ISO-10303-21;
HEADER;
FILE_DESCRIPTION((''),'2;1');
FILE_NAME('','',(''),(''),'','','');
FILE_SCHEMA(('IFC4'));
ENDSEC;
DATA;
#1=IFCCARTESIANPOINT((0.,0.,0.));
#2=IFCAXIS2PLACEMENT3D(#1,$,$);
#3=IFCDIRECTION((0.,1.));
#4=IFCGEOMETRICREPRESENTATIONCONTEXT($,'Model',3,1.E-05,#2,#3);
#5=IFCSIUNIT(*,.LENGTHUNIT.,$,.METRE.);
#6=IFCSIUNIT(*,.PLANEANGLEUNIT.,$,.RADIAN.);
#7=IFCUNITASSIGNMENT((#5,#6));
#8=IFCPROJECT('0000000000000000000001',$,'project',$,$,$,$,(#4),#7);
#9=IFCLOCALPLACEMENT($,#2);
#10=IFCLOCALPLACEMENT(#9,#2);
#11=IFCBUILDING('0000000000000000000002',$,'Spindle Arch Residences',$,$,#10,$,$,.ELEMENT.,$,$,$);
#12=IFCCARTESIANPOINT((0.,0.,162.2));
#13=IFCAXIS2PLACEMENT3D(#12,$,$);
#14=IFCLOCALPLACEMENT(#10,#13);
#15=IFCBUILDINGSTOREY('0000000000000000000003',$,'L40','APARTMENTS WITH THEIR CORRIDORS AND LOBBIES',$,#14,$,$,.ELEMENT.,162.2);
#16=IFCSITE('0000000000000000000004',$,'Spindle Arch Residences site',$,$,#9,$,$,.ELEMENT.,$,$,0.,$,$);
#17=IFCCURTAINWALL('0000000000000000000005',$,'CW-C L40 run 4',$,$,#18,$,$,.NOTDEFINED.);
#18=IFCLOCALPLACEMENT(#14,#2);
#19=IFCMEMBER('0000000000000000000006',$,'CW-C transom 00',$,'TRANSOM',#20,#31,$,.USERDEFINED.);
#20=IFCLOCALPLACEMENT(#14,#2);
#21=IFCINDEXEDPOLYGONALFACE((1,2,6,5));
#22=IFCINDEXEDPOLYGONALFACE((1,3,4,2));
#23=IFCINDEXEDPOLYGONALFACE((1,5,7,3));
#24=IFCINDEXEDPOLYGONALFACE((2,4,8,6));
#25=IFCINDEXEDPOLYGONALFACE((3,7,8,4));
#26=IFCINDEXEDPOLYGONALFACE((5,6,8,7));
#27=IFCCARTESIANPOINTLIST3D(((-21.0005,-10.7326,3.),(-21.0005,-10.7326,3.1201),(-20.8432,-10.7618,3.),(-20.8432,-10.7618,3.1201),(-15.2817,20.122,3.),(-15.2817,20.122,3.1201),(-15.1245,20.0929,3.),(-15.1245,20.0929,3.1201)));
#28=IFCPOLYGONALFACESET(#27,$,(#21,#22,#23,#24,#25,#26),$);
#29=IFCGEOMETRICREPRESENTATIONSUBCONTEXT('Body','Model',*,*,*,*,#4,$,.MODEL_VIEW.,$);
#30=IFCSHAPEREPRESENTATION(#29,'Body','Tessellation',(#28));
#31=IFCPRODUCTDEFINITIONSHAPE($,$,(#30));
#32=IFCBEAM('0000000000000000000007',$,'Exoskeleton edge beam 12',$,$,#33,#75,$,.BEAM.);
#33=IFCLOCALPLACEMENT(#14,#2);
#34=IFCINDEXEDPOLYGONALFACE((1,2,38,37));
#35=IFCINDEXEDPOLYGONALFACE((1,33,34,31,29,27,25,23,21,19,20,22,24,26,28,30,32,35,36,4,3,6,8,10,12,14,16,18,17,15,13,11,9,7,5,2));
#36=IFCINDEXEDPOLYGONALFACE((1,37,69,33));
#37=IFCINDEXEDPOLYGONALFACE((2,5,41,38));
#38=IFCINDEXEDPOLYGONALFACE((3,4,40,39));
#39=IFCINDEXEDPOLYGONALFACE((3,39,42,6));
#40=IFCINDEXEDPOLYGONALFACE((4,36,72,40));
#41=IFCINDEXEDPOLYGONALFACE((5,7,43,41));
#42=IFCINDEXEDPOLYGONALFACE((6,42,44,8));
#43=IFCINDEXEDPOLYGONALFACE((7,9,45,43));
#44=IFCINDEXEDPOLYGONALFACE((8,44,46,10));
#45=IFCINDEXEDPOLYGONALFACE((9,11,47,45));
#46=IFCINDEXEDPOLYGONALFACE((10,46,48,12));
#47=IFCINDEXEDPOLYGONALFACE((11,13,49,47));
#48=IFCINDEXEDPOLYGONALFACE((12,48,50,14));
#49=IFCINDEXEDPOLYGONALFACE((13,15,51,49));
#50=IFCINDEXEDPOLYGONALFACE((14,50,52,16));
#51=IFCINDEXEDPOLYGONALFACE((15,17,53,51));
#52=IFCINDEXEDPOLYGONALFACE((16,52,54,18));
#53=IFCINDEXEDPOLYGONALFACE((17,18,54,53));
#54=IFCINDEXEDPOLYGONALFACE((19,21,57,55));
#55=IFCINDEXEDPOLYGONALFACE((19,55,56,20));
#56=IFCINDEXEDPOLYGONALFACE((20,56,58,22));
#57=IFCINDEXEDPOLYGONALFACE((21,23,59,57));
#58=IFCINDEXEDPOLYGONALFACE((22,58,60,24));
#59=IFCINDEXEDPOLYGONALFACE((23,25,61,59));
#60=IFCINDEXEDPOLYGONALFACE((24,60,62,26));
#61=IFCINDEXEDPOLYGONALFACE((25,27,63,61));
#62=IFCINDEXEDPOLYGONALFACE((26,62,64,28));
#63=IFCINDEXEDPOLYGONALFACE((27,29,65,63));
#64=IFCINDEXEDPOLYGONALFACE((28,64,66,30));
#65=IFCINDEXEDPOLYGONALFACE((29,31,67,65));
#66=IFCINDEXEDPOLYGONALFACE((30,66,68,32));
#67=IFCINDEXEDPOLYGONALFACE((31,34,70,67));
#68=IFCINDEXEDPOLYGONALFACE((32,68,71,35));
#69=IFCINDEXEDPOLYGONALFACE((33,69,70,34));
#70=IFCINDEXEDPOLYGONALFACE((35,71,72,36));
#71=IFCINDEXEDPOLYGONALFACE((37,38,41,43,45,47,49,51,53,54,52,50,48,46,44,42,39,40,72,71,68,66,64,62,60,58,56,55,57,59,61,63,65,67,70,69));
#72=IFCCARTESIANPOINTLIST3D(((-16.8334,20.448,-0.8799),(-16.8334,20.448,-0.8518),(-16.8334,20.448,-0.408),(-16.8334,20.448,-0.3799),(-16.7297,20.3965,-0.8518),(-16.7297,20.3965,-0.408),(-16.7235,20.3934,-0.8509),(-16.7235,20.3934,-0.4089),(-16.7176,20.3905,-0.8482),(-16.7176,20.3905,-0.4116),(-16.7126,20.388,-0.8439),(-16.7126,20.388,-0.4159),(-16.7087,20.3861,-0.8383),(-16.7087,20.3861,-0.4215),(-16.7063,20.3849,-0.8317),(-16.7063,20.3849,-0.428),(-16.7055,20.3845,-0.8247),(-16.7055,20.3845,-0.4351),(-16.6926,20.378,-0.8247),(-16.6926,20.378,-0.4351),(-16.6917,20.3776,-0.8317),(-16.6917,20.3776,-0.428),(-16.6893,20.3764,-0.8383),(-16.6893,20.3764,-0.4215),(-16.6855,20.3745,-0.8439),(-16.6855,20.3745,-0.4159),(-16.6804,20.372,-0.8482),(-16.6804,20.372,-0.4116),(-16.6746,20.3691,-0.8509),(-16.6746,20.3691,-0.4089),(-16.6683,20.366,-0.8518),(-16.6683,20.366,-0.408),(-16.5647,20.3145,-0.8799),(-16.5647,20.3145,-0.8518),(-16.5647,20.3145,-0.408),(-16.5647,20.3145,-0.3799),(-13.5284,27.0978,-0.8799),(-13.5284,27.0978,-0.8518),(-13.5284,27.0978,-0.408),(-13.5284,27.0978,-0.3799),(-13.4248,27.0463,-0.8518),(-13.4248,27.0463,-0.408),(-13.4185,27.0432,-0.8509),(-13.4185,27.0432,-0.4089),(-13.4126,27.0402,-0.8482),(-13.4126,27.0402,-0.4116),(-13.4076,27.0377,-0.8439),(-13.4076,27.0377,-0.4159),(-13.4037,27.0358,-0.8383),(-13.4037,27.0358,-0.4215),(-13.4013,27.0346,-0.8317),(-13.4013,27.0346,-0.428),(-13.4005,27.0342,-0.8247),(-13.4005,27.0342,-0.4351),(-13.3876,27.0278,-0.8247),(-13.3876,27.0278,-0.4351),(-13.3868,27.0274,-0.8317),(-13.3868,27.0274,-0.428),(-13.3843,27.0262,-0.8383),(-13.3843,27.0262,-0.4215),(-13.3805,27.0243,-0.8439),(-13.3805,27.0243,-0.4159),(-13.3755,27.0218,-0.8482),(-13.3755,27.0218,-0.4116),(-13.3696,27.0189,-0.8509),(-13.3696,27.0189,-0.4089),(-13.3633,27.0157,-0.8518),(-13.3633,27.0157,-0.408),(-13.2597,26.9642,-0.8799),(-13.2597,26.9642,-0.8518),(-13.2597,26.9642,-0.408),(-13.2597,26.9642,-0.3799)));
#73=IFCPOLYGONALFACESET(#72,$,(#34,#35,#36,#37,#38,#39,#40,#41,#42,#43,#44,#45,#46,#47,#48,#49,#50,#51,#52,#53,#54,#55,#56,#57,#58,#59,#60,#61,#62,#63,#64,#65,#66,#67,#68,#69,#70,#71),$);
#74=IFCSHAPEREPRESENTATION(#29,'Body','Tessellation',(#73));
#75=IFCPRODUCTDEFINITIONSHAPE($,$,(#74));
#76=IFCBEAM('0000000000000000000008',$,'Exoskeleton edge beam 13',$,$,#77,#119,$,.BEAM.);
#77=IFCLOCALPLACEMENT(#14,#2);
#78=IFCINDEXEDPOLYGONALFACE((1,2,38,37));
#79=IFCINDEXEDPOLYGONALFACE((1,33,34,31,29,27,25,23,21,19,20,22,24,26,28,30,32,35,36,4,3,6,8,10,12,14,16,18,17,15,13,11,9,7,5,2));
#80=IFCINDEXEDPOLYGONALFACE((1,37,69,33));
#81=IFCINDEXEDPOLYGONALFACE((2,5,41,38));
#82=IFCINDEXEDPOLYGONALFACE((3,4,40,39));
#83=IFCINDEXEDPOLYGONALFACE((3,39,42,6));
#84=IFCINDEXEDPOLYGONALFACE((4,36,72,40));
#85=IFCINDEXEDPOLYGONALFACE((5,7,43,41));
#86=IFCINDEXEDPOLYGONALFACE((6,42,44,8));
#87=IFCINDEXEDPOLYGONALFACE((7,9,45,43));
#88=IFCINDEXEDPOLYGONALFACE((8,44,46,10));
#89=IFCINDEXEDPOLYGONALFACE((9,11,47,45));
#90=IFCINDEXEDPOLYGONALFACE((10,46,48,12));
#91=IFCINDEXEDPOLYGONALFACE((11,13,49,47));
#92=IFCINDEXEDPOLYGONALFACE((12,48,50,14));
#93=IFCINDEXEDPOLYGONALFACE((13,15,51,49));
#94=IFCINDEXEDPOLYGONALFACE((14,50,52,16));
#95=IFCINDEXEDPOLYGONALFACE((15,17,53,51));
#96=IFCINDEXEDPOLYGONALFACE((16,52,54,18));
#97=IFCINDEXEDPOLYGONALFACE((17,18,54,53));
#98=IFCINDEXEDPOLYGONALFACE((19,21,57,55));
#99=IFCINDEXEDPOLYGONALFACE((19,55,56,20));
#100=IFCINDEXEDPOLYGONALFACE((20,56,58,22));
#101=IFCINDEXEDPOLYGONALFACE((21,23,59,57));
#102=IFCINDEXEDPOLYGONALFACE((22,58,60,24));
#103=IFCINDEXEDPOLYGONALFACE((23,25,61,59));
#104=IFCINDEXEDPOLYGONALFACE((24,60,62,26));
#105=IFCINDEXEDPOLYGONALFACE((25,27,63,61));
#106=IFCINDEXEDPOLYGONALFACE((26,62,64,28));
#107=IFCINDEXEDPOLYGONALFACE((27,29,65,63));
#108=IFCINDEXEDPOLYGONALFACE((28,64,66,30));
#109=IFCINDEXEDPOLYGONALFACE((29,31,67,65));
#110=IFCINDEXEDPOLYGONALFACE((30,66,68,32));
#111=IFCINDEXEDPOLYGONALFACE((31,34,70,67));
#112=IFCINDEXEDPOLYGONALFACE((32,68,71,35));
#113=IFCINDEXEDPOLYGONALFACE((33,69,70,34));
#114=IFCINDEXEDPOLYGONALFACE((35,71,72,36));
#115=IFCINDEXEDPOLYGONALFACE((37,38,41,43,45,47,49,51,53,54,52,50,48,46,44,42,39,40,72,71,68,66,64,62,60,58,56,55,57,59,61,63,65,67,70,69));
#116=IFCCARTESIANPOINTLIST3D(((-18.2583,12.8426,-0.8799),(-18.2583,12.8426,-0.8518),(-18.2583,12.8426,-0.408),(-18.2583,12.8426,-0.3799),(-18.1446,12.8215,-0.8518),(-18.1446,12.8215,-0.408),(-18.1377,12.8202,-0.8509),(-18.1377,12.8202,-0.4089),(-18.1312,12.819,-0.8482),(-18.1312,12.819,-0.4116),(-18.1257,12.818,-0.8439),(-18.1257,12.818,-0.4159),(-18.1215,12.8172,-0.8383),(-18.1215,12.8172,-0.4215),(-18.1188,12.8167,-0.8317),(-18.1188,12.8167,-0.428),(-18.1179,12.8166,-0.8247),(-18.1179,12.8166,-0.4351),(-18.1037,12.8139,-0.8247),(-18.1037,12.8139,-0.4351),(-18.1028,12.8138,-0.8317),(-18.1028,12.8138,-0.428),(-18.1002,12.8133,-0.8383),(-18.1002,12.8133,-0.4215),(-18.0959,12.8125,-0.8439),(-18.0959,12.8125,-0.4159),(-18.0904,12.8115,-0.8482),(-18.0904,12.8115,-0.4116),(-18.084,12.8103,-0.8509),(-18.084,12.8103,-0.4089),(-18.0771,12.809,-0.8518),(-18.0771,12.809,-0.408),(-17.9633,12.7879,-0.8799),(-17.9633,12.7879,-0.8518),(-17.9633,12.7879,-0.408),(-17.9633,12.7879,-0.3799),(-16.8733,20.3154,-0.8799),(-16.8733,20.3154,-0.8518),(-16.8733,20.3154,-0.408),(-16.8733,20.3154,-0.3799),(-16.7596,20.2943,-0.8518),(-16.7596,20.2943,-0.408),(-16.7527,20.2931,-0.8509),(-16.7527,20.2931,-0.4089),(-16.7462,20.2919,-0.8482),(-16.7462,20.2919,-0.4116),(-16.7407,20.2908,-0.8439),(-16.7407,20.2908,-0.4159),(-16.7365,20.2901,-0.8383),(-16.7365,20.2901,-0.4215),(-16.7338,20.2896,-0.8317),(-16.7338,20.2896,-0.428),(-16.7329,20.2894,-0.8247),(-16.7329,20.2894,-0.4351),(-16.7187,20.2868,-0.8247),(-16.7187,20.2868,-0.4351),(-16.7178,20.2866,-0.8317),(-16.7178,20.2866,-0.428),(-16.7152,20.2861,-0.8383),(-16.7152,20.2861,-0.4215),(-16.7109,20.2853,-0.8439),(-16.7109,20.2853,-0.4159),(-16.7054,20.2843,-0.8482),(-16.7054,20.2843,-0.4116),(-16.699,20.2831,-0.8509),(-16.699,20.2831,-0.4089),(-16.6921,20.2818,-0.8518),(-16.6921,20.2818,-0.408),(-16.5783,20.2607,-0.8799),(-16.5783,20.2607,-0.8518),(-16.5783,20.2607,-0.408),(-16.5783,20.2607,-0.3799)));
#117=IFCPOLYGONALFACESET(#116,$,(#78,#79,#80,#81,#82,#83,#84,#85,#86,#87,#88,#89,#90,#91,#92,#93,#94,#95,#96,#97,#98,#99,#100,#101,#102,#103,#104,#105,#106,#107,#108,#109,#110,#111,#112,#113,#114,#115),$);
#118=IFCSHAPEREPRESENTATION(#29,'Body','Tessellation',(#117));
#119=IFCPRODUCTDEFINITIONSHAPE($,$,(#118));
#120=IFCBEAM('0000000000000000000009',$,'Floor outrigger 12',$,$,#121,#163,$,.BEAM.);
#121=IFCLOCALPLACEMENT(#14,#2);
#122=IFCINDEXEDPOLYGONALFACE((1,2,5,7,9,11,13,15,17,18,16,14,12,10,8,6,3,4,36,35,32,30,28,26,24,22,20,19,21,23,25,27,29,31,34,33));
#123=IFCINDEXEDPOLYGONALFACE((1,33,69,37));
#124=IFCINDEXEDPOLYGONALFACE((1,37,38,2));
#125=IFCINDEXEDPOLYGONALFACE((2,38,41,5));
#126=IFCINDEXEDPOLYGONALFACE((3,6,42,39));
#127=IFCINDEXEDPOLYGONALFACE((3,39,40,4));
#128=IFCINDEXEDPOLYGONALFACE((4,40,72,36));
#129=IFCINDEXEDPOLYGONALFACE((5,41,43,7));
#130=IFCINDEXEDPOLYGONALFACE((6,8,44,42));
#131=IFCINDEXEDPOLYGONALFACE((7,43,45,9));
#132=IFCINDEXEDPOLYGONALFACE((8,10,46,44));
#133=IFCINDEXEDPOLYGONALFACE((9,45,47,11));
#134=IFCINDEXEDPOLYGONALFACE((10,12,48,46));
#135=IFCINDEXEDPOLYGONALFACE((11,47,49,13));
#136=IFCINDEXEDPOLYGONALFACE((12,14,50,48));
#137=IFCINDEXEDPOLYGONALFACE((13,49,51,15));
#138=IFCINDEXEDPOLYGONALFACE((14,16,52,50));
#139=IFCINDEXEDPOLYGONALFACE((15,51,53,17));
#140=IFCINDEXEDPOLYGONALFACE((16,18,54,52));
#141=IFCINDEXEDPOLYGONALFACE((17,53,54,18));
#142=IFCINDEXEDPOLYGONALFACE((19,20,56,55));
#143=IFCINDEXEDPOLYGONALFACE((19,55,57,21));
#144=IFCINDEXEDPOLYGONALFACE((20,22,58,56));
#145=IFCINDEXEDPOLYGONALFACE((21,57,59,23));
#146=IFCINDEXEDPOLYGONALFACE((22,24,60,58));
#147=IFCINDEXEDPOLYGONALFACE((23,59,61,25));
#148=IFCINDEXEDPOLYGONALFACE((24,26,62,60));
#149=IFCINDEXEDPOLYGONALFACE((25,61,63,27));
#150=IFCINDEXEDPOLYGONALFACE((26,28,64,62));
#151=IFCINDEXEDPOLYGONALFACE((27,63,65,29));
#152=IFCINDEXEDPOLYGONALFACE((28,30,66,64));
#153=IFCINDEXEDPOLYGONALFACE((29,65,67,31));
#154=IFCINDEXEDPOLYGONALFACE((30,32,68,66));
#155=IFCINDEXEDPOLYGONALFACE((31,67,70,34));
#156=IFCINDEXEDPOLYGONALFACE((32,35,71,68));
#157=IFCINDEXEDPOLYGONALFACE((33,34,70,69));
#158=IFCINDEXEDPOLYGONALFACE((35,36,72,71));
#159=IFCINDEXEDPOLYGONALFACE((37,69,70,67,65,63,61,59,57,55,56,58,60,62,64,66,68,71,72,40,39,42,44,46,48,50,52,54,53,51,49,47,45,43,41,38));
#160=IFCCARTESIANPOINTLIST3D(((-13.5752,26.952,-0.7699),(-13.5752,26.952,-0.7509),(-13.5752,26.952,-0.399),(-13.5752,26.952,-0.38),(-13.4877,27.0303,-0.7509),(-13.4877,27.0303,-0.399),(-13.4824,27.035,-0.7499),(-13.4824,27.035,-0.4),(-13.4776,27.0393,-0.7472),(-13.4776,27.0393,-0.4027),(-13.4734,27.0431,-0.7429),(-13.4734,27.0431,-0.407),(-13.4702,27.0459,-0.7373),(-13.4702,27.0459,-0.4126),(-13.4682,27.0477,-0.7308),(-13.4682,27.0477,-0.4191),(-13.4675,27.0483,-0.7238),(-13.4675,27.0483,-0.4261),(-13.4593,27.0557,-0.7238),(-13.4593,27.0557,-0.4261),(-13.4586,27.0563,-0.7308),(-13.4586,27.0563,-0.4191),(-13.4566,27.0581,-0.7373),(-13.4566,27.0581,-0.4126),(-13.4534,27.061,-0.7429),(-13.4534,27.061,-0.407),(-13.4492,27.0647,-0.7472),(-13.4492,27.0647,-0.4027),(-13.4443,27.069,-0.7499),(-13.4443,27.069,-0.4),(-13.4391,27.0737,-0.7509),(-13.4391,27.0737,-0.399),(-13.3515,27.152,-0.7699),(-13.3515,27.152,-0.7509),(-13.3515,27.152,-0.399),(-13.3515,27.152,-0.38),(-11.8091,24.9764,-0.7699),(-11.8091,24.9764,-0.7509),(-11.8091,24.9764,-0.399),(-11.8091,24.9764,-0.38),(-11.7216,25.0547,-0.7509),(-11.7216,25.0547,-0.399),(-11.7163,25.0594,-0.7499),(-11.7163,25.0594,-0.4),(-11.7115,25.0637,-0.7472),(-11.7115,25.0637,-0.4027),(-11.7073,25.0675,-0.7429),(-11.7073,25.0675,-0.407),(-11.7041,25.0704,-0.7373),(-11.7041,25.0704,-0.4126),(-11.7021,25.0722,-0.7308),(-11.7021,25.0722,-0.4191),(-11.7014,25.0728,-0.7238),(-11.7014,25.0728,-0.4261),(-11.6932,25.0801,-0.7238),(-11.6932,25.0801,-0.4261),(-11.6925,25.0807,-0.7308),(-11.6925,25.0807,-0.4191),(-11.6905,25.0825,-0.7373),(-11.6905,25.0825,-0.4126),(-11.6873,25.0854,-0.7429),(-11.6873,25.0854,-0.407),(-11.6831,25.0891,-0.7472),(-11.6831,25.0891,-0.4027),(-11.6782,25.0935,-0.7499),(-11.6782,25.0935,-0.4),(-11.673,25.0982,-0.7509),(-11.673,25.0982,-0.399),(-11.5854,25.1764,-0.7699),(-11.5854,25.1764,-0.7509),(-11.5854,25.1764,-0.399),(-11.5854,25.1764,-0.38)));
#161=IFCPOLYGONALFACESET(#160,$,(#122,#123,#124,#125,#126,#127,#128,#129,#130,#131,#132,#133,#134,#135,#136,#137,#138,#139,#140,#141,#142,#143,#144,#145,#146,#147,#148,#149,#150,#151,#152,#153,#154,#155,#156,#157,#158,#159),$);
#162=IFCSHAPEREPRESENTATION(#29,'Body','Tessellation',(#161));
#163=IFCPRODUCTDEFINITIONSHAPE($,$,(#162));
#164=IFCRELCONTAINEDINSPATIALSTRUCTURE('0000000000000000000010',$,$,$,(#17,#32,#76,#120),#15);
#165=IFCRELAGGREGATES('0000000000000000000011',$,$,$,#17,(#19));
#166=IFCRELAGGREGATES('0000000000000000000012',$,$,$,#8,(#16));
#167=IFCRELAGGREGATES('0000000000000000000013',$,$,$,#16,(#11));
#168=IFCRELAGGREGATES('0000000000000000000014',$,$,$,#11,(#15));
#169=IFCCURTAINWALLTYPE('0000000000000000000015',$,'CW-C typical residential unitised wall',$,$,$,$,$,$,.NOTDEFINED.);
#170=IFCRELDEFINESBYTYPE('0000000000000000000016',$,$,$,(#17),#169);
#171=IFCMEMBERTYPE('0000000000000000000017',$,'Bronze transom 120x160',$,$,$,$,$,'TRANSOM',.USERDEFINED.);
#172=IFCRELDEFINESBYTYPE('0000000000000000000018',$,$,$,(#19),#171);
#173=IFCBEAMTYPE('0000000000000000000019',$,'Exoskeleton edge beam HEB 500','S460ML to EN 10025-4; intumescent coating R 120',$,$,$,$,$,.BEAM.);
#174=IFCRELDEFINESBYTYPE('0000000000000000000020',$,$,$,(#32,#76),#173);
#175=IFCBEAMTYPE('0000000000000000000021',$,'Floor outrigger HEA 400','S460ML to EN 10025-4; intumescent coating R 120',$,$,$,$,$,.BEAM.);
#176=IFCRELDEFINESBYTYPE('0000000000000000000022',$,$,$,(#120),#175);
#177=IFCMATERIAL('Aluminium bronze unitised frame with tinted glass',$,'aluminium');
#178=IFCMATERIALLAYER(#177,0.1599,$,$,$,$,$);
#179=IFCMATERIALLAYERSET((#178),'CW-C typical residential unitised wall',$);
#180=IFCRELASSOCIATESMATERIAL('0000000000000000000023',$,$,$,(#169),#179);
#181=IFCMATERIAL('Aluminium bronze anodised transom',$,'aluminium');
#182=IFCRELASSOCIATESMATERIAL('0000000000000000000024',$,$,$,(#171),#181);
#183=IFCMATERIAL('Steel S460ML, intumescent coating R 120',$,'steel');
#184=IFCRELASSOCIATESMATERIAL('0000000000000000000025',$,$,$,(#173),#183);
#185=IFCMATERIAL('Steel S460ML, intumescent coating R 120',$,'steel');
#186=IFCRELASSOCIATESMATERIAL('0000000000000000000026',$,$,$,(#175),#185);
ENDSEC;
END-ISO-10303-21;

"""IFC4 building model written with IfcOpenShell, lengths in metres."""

from ifc_helpers import new_model, si_unit, direction, frame, origin, origin_2d, place, context, subcontext, project, spatial, rectangle, i_section, extrude, material, layer, layer_set, material_profile, profile_set, type_object, element, aggregate, save


model = new_model("IFC4")

# Units and contexts
model_context = context("Model", 3, precision=1e-05, world=origin(), true_north=direction((0.0, 1.0)))
body_context = subcontext(model_context, "Body", "Model", "MODEL_VIEW")
ifc_project = project(units=[si_unit("LENGTHUNIT", "METRE"), si_unit("PLANEANGLEUNIT", "RADIAN")], contexts=[model_context])

# Site, building, storey
site_placement = place(None, origin())
site = spatial("IfcSite", under=ifc_project, at=site_placement, Name="Spindle Arch Residences site", CompositionType="ELEMENT", RefElevation=0.0)
building_placement = place(site_placement, origin())
building = spatial("IfcBuilding", under=site, at=building_placement, Name="Spindle Arch Residences", CompositionType="ELEMENT")
storey_placement = place(building_placement, frame((0.0, 0.0, 162.2)))
storey = spatial("IfcBuildingStorey", under=building, at=storey_placement, Name="L40", Description="APARTMENTS WITH THEIR CORRIDORS AND LOBBIES", CompositionType="ELEMENT", Elevation=162.2)

# Curtain wall
ifc_material_1 = material(Name="Aluminium bronze unitised frame with tinted glass", Category="aluminium")
ifc_layer_1 = layer(ifc_material_1, 0.1599)
ifc_layer_set_1 = layer_set([ifc_layer_1], Name="CW-C typical residential unitised wall")
curtain_wall_type_1 = type_object("IfcCurtainWallType", Name="CW-C typical residential unitised wall", PredefinedType="NOTDEFINED", material=ifc_layer_set_1)
curtain_wall_1_placement = place(storey_placement, origin())
curtain_wall_1 = element("IfcCurtainWall", 1, at=curtain_wall_1_placement, inside=storey, type_object=curtain_wall_type_1, Name="CW-C L40 run 4", PredefinedType="NOTDEFINED")

# Member
ifc_material_2 = material(Name="Aluminium bronze anodised transom", Category="aluminium")
ifc_material_profile_1 = material_profile(ifc_material_2, rectangle(XDim=0.1599, YDim=0.1201, at=origin_2d()), Name="TR 120x160")
ifc_profile_set_1 = profile_set([ifc_material_profile_1], Name="Aluminium bronze anodised transom")
member_type_1 = type_object("IfcMemberType", Name="Bronze transom 120x160", ElementType="TRANSOM", PredefinedType="USERDEFINED", material=ifc_profile_set_1)
member_1_placement = place(storey_placement, frame((-15.2031, 20.1074, 3.0601), z_axis=(-0.182241, -0.983254, 0.0), x_axis=(0.983254, -0.182241, 0.0)))
member_1 = element("IfcMember", 2, at=member_1_placement, type_object=member_type_1, Name="CW-C transom 00", ObjectType="TRANSOM", PredefinedType="USERDEFINED", context=body_context, shape_type="SweptSolid", body=[
    extrude(rectangle(XDim=0.1599, YDim=0.1201, at=origin_2d()), origin(), (0.0, 0.0, 1.0), 31.3801),
])

# Beams
ifc_material_3 = material(Name="Steel S460ML, intumescent coating R 120", Category="steel")
ifc_material_profile_2 = material_profile(ifc_material_3, i_section(OverallWidth=0.3, OverallDepth=0.5, WebThickness=0.0144, FlangeThickness=0.0281, FilletRadius=0.0271, at=origin_2d()), Name="HEB 500")
ifc_profile_set_2 = profile_set([ifc_material_profile_2], Name="Steel S460ML, intumescent coating R 120")
beam_type_1 = type_object("IfcBeamType", Name="Exoskeleton edge beam HEB 500", Description="S460ML to EN 10025-4; intumescent coating R 120", PredefinedType="BEAM", material=ifc_profile_set_2)
beam_1_placement = place(storey_placement, frame((-13.394, 27.031, -0.6299), z_axis=(-0.445069, -0.895496, 0.0), x_axis=(0.895496, -0.445069, 0.0)))
element("IfcBeam", 3, at=beam_1_placement, inside=storey, type_object=beam_type_1, Name="Exoskeleton edge beam 12", PredefinedType="BEAM", context=body_context, shape_type="SweptSolid", body=[
    extrude(i_section(OverallWidth=0.3, OverallDepth=0.5, WebThickness=0.0144, FlangeThickness=0.0281, FilletRadius=0.0271, at=origin_2d()), origin(), (0.0, 0.0, 1.0), 7.4258),
])
beam_2_placement = place(storey_placement, frame((-16.7258, 20.2881, -0.6299), z_axis=(-0.182234, -0.983255, 0.0), x_axis=(0.983255, -0.182234, 0.0)))
element("IfcBeam", 4, at=beam_2_placement, inside=storey, type_object=beam_type_1, Name="Exoskeleton edge beam 13", PredefinedType="BEAM", context=body_context, shape_type="SweptSolid", body=[
    extrude(i_section(OverallWidth=0.3, OverallDepth=0.5, WebThickness=0.0144, FlangeThickness=0.0281, FilletRadius=0.0271, at=origin_2d()), origin(), (0.0, 0.0, 1.0), 7.6001),
])
ifc_material_4 = material(Name="Steel S460ML, intumescent coating R 120", Category="steel")
ifc_material_profile_3 = material_profile(ifc_material_4, i_section(OverallWidth=0.3, OverallDepth=0.3899, WebThickness=0.011, FlangeThickness=0.019, FilletRadius=0.0271, at=origin_2d()), Name="HEA 400")
ifc_profile_set_3 = profile_set([ifc_material_profile_3], Name="Steel S460ML, intumescent coating R 120")
beam_type_2 = type_object("IfcBeamType", Name="Floor outrigger HEA 400", Description="S460ML to EN 10025-4; intumescent coating R 120", PredefinedType="BEAM", material=ifc_profile_set_3)
beam_3_placement = place(storey_placement, frame((-13.4634, 27.052, -0.575), z_axis=(0.666477, -0.745526, 0.0), x_axis=(0.745526, 0.666477, 0.0)))
element("IfcBeam", 5, at=beam_3_placement, inside=storey, type_object=beam_type_2, Name="Floor outrigger 12", PredefinedType="BEAM", context=body_context, shape_type="SweptSolid", body=[
    extrude(i_section(OverallWidth=0.3, OverallDepth=0.3899, WebThickness=0.011, FlangeThickness=0.019, FilletRadius=0.0271, at=origin_2d()), origin(), (0.0, 0.0, 1.0), 2.6499),
])

aggregate(curtain_wall_1, [member_1])

save(model, "model.ifc")
